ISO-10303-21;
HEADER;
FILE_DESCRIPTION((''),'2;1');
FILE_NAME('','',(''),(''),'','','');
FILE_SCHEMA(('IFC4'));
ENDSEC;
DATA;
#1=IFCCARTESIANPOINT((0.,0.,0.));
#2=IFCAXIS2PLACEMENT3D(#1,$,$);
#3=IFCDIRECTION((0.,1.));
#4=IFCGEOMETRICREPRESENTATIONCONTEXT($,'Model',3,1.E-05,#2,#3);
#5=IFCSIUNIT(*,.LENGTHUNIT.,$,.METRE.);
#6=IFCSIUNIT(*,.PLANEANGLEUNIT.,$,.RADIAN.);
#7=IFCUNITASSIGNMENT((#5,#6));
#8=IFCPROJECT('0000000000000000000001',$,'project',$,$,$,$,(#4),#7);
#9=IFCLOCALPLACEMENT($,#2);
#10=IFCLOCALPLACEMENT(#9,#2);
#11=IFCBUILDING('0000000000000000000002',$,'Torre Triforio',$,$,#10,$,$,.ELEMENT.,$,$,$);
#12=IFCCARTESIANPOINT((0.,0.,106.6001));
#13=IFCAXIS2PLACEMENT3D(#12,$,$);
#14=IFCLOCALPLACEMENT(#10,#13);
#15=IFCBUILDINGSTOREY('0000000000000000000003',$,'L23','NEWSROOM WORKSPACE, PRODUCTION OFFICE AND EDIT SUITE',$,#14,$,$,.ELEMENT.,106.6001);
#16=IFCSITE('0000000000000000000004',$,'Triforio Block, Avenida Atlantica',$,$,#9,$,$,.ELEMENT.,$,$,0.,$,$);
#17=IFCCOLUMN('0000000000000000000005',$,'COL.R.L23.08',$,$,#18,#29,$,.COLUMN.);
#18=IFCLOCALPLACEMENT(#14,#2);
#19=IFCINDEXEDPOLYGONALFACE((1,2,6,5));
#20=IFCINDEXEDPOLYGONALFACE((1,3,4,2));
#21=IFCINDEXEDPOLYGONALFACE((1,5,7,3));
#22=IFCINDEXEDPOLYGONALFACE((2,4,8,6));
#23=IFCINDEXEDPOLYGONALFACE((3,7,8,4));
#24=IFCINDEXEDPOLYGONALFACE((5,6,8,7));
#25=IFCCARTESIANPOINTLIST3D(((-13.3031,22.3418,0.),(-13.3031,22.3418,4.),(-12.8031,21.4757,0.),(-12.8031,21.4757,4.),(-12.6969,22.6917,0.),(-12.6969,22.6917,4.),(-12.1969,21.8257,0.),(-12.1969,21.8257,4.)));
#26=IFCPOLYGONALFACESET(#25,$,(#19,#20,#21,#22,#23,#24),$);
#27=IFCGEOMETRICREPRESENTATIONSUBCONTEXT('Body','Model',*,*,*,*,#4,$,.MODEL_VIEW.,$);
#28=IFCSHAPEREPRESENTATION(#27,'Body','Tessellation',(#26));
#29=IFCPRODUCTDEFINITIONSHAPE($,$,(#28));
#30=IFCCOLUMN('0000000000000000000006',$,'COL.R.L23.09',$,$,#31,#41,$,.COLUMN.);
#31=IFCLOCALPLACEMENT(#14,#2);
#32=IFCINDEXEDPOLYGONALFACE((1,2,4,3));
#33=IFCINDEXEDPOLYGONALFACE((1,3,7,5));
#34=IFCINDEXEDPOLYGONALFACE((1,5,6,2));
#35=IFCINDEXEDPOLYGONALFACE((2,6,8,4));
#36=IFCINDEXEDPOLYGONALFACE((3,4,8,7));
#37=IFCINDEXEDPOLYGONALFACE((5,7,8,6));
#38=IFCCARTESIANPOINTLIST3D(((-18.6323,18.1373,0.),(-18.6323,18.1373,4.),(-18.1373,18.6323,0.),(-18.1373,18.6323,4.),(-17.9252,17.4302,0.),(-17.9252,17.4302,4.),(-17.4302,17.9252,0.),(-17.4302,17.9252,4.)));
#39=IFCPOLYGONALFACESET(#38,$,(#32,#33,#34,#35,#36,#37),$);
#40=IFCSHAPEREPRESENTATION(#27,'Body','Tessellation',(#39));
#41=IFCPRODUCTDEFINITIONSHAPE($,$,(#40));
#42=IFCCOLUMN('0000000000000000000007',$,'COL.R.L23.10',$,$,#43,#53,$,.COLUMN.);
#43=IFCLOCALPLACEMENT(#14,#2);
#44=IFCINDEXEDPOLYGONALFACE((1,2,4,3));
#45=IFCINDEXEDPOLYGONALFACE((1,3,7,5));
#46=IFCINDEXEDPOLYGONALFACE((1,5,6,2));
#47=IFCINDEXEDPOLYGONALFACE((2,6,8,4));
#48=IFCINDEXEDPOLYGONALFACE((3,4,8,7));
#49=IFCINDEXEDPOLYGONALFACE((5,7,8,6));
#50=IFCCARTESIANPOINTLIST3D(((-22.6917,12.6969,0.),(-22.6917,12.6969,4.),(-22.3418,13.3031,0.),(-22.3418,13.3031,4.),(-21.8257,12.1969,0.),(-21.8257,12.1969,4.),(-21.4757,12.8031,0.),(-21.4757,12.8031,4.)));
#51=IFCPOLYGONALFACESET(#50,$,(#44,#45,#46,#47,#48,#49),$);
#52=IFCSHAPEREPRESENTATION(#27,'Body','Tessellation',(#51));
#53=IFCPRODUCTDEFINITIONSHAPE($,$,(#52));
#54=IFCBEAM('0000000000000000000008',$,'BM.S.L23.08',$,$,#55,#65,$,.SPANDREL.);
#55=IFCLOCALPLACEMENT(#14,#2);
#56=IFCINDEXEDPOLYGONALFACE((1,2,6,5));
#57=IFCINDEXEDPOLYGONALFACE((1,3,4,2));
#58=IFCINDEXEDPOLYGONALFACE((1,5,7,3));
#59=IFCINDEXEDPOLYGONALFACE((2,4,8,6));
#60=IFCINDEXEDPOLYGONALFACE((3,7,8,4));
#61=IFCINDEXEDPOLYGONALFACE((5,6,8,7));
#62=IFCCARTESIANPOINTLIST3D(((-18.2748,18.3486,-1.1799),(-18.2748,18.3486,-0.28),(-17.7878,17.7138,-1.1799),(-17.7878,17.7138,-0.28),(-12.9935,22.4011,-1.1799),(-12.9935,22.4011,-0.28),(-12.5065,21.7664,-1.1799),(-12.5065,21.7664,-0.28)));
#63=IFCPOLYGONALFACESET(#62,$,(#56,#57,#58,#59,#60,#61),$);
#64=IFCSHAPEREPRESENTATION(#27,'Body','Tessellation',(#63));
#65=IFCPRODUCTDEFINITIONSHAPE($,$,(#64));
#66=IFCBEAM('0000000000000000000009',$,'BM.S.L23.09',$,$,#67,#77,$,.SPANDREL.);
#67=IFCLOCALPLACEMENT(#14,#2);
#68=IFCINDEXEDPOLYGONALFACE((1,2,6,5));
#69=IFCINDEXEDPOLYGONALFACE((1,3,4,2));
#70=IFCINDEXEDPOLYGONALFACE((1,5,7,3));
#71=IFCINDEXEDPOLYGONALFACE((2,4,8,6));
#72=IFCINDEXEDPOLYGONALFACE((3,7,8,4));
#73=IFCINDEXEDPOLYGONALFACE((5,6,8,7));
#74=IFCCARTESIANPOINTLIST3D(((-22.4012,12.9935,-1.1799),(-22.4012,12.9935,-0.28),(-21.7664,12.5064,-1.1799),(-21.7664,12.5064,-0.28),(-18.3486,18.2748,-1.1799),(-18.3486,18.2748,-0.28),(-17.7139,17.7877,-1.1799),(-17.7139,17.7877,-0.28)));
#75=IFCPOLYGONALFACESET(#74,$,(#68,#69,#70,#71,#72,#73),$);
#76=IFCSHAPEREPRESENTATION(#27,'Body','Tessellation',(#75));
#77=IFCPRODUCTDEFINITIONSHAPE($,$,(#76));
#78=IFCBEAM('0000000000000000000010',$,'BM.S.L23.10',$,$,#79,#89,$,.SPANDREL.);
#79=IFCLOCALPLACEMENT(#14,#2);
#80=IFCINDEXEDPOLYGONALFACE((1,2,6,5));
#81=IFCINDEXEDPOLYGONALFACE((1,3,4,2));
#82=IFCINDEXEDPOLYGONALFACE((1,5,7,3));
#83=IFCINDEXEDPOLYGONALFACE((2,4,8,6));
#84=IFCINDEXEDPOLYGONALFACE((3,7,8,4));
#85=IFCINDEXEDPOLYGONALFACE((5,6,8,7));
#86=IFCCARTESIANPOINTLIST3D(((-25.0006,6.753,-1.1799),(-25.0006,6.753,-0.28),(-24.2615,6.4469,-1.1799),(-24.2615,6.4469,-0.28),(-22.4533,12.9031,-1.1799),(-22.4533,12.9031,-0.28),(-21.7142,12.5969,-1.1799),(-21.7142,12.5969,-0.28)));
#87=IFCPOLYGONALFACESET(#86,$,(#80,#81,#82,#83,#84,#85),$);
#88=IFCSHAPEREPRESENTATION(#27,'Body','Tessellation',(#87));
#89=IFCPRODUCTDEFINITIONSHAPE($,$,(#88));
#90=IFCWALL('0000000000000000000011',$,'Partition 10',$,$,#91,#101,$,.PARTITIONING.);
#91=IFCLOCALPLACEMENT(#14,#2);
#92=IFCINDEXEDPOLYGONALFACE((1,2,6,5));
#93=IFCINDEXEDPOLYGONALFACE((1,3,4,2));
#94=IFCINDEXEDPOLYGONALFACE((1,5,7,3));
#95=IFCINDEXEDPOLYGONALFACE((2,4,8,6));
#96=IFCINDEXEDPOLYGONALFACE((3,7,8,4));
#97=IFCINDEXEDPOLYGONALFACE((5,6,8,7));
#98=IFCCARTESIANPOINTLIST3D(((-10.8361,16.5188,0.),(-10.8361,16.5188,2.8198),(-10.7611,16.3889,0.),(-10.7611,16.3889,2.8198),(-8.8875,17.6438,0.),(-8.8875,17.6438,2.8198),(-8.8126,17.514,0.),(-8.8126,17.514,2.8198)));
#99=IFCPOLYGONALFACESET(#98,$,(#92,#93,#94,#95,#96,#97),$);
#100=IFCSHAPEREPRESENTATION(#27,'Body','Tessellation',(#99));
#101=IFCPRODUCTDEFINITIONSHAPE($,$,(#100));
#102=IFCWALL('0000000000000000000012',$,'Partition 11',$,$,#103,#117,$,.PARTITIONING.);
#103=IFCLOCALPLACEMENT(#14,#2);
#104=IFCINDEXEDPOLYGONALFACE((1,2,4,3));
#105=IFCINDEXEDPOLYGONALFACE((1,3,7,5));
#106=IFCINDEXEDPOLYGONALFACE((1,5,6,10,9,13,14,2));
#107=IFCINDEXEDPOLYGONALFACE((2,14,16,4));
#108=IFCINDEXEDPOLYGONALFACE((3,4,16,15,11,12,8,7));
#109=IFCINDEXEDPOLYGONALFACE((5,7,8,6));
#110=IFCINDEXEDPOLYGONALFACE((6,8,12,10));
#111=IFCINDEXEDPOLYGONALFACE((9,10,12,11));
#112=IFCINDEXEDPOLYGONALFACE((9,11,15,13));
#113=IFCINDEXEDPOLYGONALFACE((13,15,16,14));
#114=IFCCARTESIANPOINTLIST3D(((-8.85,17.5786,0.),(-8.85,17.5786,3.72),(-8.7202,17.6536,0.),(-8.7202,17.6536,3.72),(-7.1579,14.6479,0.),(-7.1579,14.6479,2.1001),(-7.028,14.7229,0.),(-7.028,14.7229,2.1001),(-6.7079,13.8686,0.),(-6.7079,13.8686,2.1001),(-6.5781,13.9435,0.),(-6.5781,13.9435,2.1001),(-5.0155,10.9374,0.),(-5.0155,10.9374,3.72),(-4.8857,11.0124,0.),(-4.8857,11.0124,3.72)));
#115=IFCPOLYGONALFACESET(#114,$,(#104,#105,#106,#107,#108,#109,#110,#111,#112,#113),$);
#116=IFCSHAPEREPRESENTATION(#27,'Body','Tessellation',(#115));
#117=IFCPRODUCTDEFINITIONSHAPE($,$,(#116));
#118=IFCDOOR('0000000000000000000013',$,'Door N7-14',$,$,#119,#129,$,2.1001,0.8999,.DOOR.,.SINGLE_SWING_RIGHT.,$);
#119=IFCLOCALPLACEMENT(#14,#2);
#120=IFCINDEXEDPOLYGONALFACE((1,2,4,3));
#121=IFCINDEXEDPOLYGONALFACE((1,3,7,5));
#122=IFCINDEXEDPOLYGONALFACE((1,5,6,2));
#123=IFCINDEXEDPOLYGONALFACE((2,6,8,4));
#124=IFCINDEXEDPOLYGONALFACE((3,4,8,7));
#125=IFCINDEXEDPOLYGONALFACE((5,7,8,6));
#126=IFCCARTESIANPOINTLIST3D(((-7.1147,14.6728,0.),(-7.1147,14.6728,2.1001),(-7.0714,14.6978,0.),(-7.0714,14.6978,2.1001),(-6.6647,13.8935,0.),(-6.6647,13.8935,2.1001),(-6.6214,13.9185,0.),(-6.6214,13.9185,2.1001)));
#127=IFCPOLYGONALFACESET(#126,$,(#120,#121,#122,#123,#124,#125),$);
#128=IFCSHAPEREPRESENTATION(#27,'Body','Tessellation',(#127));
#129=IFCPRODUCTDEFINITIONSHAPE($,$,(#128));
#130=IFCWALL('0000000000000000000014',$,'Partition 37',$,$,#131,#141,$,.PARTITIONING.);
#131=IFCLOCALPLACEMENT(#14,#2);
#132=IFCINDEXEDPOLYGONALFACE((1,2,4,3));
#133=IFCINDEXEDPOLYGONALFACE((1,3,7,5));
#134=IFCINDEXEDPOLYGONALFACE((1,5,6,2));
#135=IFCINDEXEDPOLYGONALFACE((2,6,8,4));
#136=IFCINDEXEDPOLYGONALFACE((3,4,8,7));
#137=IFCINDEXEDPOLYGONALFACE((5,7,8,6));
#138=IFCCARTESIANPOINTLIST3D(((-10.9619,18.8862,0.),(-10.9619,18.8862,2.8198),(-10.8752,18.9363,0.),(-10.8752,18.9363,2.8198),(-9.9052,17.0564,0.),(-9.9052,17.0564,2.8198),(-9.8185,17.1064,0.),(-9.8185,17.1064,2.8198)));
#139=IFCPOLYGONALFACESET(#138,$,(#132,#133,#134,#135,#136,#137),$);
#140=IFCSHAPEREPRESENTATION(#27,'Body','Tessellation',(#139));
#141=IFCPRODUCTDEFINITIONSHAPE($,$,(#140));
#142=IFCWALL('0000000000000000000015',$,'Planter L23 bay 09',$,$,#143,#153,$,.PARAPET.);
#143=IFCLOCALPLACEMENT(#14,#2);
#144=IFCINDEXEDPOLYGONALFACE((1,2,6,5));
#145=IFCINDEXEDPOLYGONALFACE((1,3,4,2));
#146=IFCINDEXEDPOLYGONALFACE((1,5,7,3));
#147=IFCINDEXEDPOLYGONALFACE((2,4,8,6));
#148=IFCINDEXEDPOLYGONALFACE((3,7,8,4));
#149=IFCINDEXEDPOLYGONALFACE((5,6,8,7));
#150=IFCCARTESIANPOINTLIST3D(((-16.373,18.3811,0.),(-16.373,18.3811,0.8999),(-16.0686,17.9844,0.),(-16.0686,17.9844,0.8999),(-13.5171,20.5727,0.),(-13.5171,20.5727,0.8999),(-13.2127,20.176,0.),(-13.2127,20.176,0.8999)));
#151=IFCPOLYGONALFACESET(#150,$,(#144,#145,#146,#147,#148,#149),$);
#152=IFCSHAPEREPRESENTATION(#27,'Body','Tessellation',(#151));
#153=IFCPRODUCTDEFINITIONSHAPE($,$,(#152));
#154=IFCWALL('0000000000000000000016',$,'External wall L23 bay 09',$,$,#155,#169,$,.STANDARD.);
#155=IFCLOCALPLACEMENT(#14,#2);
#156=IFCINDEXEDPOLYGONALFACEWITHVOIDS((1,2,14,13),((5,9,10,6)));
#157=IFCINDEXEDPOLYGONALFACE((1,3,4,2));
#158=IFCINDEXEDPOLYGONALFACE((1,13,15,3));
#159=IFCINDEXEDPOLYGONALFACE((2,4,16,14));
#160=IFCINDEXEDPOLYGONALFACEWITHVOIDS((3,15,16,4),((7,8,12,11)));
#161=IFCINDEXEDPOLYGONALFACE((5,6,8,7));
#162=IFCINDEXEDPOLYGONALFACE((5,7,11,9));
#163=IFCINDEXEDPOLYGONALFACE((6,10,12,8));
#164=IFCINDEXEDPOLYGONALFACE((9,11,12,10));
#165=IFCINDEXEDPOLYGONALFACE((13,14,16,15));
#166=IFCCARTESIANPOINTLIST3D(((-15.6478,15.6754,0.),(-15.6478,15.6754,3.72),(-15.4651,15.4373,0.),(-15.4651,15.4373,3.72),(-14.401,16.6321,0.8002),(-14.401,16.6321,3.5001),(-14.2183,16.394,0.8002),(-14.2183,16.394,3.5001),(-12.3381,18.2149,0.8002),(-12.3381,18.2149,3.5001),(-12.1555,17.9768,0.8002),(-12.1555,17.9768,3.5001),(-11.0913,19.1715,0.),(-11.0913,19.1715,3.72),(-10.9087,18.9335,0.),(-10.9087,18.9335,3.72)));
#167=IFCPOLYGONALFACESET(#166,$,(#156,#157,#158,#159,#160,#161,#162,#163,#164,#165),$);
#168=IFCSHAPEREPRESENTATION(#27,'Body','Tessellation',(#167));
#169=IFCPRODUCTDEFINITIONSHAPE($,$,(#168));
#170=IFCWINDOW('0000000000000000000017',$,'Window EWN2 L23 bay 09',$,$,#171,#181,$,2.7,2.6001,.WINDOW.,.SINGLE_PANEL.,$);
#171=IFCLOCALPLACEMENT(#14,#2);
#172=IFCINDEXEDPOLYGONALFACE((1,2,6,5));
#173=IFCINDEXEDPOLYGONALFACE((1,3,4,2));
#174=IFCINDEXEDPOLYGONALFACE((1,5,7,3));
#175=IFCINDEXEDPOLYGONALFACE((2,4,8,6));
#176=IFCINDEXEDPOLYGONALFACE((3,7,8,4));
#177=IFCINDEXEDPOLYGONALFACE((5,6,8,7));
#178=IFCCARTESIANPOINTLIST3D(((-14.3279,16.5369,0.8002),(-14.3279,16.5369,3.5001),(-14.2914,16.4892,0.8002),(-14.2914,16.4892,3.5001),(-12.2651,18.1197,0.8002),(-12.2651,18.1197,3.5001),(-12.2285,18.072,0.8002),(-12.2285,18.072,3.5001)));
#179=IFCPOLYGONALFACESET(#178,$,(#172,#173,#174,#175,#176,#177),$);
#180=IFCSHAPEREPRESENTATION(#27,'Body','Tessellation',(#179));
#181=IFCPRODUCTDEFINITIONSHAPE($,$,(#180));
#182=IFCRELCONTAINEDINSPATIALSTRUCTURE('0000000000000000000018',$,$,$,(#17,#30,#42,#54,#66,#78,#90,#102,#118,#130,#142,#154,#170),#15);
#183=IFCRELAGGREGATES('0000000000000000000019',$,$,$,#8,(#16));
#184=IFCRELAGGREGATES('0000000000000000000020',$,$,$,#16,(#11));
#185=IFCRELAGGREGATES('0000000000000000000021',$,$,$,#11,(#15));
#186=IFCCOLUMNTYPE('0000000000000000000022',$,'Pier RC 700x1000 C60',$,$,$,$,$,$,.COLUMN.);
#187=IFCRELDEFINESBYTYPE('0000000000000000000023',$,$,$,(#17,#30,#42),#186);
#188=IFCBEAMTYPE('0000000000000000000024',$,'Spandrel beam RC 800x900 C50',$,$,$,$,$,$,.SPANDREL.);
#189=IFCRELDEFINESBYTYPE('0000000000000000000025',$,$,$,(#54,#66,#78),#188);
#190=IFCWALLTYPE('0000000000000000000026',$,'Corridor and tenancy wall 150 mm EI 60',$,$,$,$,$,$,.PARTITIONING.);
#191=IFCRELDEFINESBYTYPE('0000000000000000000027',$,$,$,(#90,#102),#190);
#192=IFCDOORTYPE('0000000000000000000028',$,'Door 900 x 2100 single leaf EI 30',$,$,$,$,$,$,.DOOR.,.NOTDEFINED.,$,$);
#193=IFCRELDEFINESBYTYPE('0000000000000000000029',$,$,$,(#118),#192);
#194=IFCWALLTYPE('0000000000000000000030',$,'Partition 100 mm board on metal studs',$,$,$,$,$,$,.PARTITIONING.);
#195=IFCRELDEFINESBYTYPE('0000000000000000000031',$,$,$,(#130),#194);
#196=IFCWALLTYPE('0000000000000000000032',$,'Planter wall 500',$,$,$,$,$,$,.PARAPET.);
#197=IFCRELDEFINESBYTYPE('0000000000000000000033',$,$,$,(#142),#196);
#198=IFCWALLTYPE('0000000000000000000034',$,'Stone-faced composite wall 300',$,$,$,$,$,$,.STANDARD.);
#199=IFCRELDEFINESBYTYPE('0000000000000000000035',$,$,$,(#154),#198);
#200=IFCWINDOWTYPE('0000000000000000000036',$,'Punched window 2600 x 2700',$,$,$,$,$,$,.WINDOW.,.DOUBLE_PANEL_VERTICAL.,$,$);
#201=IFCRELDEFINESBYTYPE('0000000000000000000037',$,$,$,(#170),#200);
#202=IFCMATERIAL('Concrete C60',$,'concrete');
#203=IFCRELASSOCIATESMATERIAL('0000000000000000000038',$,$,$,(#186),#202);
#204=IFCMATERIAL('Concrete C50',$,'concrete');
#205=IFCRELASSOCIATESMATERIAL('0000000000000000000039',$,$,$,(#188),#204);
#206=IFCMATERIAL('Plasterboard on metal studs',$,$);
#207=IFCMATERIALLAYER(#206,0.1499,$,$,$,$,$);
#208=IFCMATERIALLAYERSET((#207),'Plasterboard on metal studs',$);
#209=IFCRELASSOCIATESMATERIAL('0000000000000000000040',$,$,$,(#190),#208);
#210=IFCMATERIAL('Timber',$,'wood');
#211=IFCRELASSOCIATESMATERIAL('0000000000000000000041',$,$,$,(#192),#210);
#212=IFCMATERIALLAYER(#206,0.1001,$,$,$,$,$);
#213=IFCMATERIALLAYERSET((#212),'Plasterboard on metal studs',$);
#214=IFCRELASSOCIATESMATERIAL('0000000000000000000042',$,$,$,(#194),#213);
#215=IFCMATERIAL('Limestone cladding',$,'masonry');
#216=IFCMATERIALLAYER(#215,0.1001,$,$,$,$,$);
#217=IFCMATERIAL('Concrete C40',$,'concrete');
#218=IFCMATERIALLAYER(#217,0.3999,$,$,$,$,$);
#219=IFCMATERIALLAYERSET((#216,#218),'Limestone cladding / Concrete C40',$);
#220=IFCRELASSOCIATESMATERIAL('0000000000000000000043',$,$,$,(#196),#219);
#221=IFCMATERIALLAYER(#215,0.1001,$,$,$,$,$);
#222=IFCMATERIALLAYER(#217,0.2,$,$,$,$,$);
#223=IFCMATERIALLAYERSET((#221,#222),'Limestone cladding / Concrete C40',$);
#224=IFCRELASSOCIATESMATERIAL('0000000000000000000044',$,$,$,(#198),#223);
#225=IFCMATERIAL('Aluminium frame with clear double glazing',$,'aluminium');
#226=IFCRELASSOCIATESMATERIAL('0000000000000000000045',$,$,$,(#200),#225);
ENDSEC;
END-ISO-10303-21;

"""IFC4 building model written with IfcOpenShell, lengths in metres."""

from ifc_helpers import new_model, si_unit, direction, frame, frame_2d, origin, origin_2d, place, context, subcontext, project, spatial, rectangle, extrude, material, layer, layer_set, material_profile, profile_set, type_object, element, fill, save


model = new_model("IFC4")

# Units and contexts
model_context = context("Model", 3, precision=1e-05, world=origin(), true_north=direction((0.0, 1.0)))
body_context = subcontext(model_context, "Body", "Model", "MODEL_VIEW")
ifc_project = project(units=[si_unit("LENGTHUNIT", "METRE"), si_unit("PLANEANGLEUNIT", "RADIAN")], contexts=[model_context])

# Site, building, storey
site_placement = place(None, origin())
site = spatial("IfcSite", under=ifc_project, at=site_placement, Name="Triforio Block, Avenida Atlantica", CompositionType="ELEMENT", RefElevation=0.0)
building_placement = place(site_placement, origin())
building = spatial("IfcBuilding", under=site, at=building_placement, Name="Torre Triforio", CompositionType="ELEMENT")
storey_placement = place(building_placement, frame((0.0, 0.0, 106.6001)))
storey = spatial("IfcBuildingStorey", under=building, at=storey_placement, Name="L23", Description="NEWSROOM WORKSPACE, PRODUCTION OFFICE AND EDIT SUITE", CompositionType="ELEMENT", Elevation=106.6001)

# Columns
ifc_material_1 = material(Name="Concrete C60", Category="concrete")
ifc_material_profile_1 = material_profile(ifc_material_1, rectangle(XDim=0.7, YDim=1.0, at=origin_2d()), Name="RC 700x1000")
ifc_profile_set_1 = profile_set([ifc_material_profile_1], Name="Concrete C60")
column_type = type_object("IfcColumnType", Name="Pier RC 700x1000 C60", PredefinedType="COLUMN", material=ifc_profile_set_1)
for number, where, z_axis, x_axis, name in (
    (1, (-12.75, 22.0837, 0.0), (0.0, 0.0, 1.0), (-0.866025, -0.5, 0.0), "COL.R.L23.08"),
    (2, (-18.0312, 18.0312, 0.0), (0.0, 0.0, 1.0), (-0.707107, -0.707107, 0.0), "COL.R.L23.09"),
    (3, (-22.0837, 12.75, 0.0), (0.0, 0.0, 1.0), (-0.5, -0.866025, 0.0), "COL.R.L23.10"),
):
    element("IfcColumn", number, at=place(storey_placement, frame(where, z_axis=z_axis, x_axis=x_axis)), inside=storey, type_object=column_type, Name=name, PredefinedType="COLUMN", context=body_context, shape_type="SweptSolid", body=[
        extrude(rectangle(XDim=0.7, YDim=1.0, at=origin_2d()), origin(), (0.0, 0.0, 1.0), 4.0),
    ])

# Beams
ifc_material_2 = material(Name="Concrete C50", Category="concrete")
ifc_material_profile_2 = material_profile(ifc_material_2, rectangle(XDim=0.8, YDim=0.8999, at=origin_2d()), Name="RC 800x900")
ifc_profile_set_2 = profile_set([ifc_material_profile_2], Name="Concrete C50")
beam_type = type_object("IfcBeamType", Name="Spandrel beam RC 800x900 C50", PredefinedType="SPANDREL", material=ifc_profile_set_2)
for number, where, z_axis, x_axis, name in (
    (4, (-12.75, 22.0837, -0.73), (-0.79335, -0.608766, 0.0), (0.608766, -0.79335, 0.0), "BM.S.L23.08"),
    (5, (-18.0312, 18.0312, -0.73), (-0.608766, -0.79335, 0.0), (0.79335, -0.608766, 0.0), "BM.S.L23.09"),
):
    element("IfcBeam", number, at=place(storey_placement, frame(where, z_axis=z_axis, x_axis=x_axis)), inside=storey, type_object=beam_type, Name=name, PredefinedType="SPANDREL", context=body_context, shape_type="SweptSolid", body=[
        extrude(rectangle(XDim=0.8, YDim=0.8999, at=origin_2d()), origin(), (0.0, 0.0, 1.0), 6.657),
    ])
beam_placement = place(storey_placement, frame((-22.0837, 12.75, -0.73), z_axis=(-0.382669, -0.923885, 0.0), x_axis=(0.923885, -0.382669, 0.0)))
element("IfcBeam", 6, at=beam_placement, inside=storey, type_object=beam_type, Name="BM.S.L23.10", PredefinedType="SPANDREL", context=body_context, shape_type="SweptSolid", body=[
    extrude(rectangle(XDim=0.8, YDim=0.8999, at=origin_2d()), origin(), (0.0, 0.0, 1.0), 6.6567),
])

# Wall
ifc_material_3 = material(Name="Plasterboard on metal studs")
ifc_layer_1 = layer(ifc_material_3, 0.1499)
ifc_layer_set_1 = layer_set([ifc_layer_1], Name="Plasterboard on metal studs")
wall_type_1 = type_object("IfcWallType", Name="Corridor and tenancy wall 150 mm EI 60", PredefinedType="PARTITIONING", material=ifc_layer_set_1)
wall_1_placement = place(storey_placement, frame((-10.7986, 16.4539, 0.0), z_axis=(0.0, 0.0, 1.0), x_axis=(0.866018, 0.500014, 0.0)))
element("IfcWall", 7, at=wall_1_placement, inside=storey, type_object=wall_type_1, Name="Partition 10", PredefinedType="PARTITIONING", context=body_context, shape_type="SweptSolid", body=[
    extrude(rectangle(XDim=2.25, YDim=0.1499, at=frame_2d((1.125, 0.0))), origin(), (0.0, 0.0, 1.0), 2.8198),
])

# Wall, opening, door
wall_2_placement = place(storey_placement, frame((-8.7852, 17.6162, 0.0), z_axis=(0.0, 0.0, 1.0), x_axis=(0.500022, -0.866013, 0.0)))
wall_2 = element("IfcWall", 8, at=wall_2_placement, inside=storey, type_object=wall_type_1, Name="Partition 11", PredefinedType="PARTITIONING", context=body_context, shape_type="SweptSolid", body=[
    extrude(rectangle(XDim=7.6687, YDim=0.1499, at=frame_2d((3.8345, 0.0))), origin(), (0.0, 0.0, 1.0), 3.72),
])
opening_1_placement = place(wall_2_placement, frame((3.3843, 0.0, 0.0)))
opening_1 = element("IfcOpeningElement", 9, at=opening_1_placement, cuts=wall_2, PredefinedType="OPENING", context=body_context, shape_type="SweptSolid", body=[
    extrude(rectangle(XDim=0.8999, YDim=2.1001, at=frame_2d((0.45, 1.05))), frame((0.0, 0.085, 0.0), z_axis=(0.0, -1.0, 0.0), x_axis=(1.0, 0.0, 0.0)), (0.0, 0.0, 1.0), 0.1699),
])
ifc_material_4 = material(Name="Timber", Category="wood")
door_type_1 = type_object("IfcDoorType", Name="Door 900 x 2100 single leaf EI 30", OperationType="NOTDEFINED", PredefinedType="DOOR", material=ifc_material_4)
door_1_placement = place(opening_1_placement, origin())
door_1 = element("IfcDoor", 10, at=door_1_placement, inside=storey, type_object=door_type_1, Name="Door N7-14", OperationType="SINGLE_SWING_RIGHT", OverallHeight=2.1001, OverallWidth=0.8999, PredefinedType="DOOR", context=body_context, shape_type="SweptSolid", body=[
    extrude(rectangle(XDim=0.8999, YDim=2.1001, at=frame_2d((0.45, 1.05))), frame((0.0, 0.0249, 0.0), z_axis=(0.0, -1.0, 0.0), x_axis=(1.0, 0.0, 0.0)), (0.0, 0.0, 1.0), 0.05),
])
fill(opening_1, door_1)

# Walls
ifc_layer_2 = layer(ifc_material_3, 0.1001)
ifc_layer_set_2 = layer_set([ifc_layer_2], Name="Plasterboard on metal studs")
wall_type_2 = type_object("IfcWallType", Name="Partition 100 mm board on metal studs", PredefinedType="PARTITIONING", material=ifc_layer_set_2)
wall_3_placement = place(storey_placement, frame((-9.8618, 17.0813, 0.0), z_axis=(0.0, 0.0, 1.0), x_axis=(-0.500066, 0.865987, 0.0)))
element("IfcWall", 11, at=wall_3_placement, inside=storey, type_object=wall_type_2, Name="Partition 37", PredefinedType="PARTITIONING", context=body_context, shape_type="SweptSolid", body=[
    extrude(rectangle(XDim=2.113, YDim=0.1001, at=frame_2d((1.0566, 0.0))), origin(), (0.0, 0.0, 1.0), 2.8198),
])
ifc_material_5 = material(Name="Limestone cladding", Category="masonry")
ifc_layer_3 = layer(ifc_material_5, 0.1001)
ifc_material_6 = material(Name="Concrete C40", Category="concrete")
ifc_layer_4 = layer(ifc_material_6, 0.3999)
ifc_layer_set_3 = layer_set([ifc_layer_3, ifc_layer_4], Name="Limestone cladding / Concrete C40")
wall_type_3 = type_object("IfcWallType", Name="Planter wall 500", PredefinedType="PARAPET", material=ifc_layer_set_3)
wall_4_placement = place(storey_placement, frame((-13.365, 20.3743, 0.0), z_axis=(0.0, 0.0, 1.0), x_axis=(-0.793327, -0.608796, 0.0)))
element("IfcWall", 12, at=wall_4_placement, inside=storey, type_object=wall_type_3, Name="Planter L23 bay 09", PredefinedType="PARAPET", context=body_context, shape_type="SweptSolid", body=[
    extrude(rectangle(XDim=3.5999, YDim=0.5, at=frame_2d((1.7998, 0.0))), origin(), (0.0, 0.0, 1.0), 0.8999),
])

# Wall, opening, window
ifc_layer_5 = layer(ifc_material_5, 0.1001)
ifc_layer_6 = layer(ifc_material_6, 0.2)
ifc_layer_set_4 = layer_set([ifc_layer_5, ifc_layer_6], Name="Limestone cladding / Concrete C40")
wall_type_4 = type_object("IfcWallType", Name="Stone-faced composite wall 300", PredefinedType="STANDARD", material=ifc_layer_set_4)
wall_5_placement = place(storey_placement, frame((-11.0, 19.0525, 0.0), z_axis=(0.0, 0.0, 1.0), x_axis=(-0.793366, -0.608745, 0.0)))
wall_5 = element("IfcWall", 13, at=wall_5_placement, inside=storey, type_object=wall_type_4, Name="External wall L23 bay 09", PredefinedType="STANDARD", context=body_context, shape_type="SweptSolid", body=[
    extrude(rectangle(XDim=5.7432, YDim=0.3, at=frame_2d((2.8716, 0.0))), origin(), (0.0, 0.0, 1.0), 3.72),
])
opening_2_placement = place(wall_5_placement, frame((1.5715, 0.0, 0.8)))
opening_2 = element("IfcOpeningElement", 14, at=opening_2_placement, cuts=wall_5, PredefinedType="OPENING", context=body_context, shape_type="SweptSolid", body=[
    extrude(rectangle(XDim=2.6001, YDim=2.7, at=frame_2d((1.3, 1.3501))), frame((0.0, 0.1599, 0.0), z_axis=(0.0, -1.0, 0.0), x_axis=(1.0, 0.0, 0.0)), (0.0, 0.0, 1.0), 0.3201),
])
ifc_material_7 = material(Name="Aluminium frame with clear double glazing", Category="aluminium")
window_type_1 = type_object("IfcWindowType", Name="Punched window 2600 x 2700", PartitioningType="DOUBLE_PANEL_VERTICAL", PredefinedType="WINDOW", material=ifc_material_7)
window_1_placement = place(opening_2_placement, origin())
window_1 = element("IfcWindow", 15, at=window_1_placement, inside=storey, type_object=window_type_1, Name="Window EWN2 L23 bay 09", OverallHeight=2.7, OverallWidth=2.6001, PartitioningType="SINGLE_PANEL", PredefinedType="WINDOW", context=body_context, shape_type="SweptSolid", body=[
    extrude(rectangle(XDim=2.6001, YDim=2.7, at=frame_2d((1.3, 1.3501))), frame((0.0, 0.03, 0.0), z_axis=(0.0, -1.0, 0.0), x_axis=(1.0, 0.0, 0.0)), (0.0, 0.0, 1.0), 0.0601),
])
fill(opening_2, window_1)

save(model, "model.ifc")
